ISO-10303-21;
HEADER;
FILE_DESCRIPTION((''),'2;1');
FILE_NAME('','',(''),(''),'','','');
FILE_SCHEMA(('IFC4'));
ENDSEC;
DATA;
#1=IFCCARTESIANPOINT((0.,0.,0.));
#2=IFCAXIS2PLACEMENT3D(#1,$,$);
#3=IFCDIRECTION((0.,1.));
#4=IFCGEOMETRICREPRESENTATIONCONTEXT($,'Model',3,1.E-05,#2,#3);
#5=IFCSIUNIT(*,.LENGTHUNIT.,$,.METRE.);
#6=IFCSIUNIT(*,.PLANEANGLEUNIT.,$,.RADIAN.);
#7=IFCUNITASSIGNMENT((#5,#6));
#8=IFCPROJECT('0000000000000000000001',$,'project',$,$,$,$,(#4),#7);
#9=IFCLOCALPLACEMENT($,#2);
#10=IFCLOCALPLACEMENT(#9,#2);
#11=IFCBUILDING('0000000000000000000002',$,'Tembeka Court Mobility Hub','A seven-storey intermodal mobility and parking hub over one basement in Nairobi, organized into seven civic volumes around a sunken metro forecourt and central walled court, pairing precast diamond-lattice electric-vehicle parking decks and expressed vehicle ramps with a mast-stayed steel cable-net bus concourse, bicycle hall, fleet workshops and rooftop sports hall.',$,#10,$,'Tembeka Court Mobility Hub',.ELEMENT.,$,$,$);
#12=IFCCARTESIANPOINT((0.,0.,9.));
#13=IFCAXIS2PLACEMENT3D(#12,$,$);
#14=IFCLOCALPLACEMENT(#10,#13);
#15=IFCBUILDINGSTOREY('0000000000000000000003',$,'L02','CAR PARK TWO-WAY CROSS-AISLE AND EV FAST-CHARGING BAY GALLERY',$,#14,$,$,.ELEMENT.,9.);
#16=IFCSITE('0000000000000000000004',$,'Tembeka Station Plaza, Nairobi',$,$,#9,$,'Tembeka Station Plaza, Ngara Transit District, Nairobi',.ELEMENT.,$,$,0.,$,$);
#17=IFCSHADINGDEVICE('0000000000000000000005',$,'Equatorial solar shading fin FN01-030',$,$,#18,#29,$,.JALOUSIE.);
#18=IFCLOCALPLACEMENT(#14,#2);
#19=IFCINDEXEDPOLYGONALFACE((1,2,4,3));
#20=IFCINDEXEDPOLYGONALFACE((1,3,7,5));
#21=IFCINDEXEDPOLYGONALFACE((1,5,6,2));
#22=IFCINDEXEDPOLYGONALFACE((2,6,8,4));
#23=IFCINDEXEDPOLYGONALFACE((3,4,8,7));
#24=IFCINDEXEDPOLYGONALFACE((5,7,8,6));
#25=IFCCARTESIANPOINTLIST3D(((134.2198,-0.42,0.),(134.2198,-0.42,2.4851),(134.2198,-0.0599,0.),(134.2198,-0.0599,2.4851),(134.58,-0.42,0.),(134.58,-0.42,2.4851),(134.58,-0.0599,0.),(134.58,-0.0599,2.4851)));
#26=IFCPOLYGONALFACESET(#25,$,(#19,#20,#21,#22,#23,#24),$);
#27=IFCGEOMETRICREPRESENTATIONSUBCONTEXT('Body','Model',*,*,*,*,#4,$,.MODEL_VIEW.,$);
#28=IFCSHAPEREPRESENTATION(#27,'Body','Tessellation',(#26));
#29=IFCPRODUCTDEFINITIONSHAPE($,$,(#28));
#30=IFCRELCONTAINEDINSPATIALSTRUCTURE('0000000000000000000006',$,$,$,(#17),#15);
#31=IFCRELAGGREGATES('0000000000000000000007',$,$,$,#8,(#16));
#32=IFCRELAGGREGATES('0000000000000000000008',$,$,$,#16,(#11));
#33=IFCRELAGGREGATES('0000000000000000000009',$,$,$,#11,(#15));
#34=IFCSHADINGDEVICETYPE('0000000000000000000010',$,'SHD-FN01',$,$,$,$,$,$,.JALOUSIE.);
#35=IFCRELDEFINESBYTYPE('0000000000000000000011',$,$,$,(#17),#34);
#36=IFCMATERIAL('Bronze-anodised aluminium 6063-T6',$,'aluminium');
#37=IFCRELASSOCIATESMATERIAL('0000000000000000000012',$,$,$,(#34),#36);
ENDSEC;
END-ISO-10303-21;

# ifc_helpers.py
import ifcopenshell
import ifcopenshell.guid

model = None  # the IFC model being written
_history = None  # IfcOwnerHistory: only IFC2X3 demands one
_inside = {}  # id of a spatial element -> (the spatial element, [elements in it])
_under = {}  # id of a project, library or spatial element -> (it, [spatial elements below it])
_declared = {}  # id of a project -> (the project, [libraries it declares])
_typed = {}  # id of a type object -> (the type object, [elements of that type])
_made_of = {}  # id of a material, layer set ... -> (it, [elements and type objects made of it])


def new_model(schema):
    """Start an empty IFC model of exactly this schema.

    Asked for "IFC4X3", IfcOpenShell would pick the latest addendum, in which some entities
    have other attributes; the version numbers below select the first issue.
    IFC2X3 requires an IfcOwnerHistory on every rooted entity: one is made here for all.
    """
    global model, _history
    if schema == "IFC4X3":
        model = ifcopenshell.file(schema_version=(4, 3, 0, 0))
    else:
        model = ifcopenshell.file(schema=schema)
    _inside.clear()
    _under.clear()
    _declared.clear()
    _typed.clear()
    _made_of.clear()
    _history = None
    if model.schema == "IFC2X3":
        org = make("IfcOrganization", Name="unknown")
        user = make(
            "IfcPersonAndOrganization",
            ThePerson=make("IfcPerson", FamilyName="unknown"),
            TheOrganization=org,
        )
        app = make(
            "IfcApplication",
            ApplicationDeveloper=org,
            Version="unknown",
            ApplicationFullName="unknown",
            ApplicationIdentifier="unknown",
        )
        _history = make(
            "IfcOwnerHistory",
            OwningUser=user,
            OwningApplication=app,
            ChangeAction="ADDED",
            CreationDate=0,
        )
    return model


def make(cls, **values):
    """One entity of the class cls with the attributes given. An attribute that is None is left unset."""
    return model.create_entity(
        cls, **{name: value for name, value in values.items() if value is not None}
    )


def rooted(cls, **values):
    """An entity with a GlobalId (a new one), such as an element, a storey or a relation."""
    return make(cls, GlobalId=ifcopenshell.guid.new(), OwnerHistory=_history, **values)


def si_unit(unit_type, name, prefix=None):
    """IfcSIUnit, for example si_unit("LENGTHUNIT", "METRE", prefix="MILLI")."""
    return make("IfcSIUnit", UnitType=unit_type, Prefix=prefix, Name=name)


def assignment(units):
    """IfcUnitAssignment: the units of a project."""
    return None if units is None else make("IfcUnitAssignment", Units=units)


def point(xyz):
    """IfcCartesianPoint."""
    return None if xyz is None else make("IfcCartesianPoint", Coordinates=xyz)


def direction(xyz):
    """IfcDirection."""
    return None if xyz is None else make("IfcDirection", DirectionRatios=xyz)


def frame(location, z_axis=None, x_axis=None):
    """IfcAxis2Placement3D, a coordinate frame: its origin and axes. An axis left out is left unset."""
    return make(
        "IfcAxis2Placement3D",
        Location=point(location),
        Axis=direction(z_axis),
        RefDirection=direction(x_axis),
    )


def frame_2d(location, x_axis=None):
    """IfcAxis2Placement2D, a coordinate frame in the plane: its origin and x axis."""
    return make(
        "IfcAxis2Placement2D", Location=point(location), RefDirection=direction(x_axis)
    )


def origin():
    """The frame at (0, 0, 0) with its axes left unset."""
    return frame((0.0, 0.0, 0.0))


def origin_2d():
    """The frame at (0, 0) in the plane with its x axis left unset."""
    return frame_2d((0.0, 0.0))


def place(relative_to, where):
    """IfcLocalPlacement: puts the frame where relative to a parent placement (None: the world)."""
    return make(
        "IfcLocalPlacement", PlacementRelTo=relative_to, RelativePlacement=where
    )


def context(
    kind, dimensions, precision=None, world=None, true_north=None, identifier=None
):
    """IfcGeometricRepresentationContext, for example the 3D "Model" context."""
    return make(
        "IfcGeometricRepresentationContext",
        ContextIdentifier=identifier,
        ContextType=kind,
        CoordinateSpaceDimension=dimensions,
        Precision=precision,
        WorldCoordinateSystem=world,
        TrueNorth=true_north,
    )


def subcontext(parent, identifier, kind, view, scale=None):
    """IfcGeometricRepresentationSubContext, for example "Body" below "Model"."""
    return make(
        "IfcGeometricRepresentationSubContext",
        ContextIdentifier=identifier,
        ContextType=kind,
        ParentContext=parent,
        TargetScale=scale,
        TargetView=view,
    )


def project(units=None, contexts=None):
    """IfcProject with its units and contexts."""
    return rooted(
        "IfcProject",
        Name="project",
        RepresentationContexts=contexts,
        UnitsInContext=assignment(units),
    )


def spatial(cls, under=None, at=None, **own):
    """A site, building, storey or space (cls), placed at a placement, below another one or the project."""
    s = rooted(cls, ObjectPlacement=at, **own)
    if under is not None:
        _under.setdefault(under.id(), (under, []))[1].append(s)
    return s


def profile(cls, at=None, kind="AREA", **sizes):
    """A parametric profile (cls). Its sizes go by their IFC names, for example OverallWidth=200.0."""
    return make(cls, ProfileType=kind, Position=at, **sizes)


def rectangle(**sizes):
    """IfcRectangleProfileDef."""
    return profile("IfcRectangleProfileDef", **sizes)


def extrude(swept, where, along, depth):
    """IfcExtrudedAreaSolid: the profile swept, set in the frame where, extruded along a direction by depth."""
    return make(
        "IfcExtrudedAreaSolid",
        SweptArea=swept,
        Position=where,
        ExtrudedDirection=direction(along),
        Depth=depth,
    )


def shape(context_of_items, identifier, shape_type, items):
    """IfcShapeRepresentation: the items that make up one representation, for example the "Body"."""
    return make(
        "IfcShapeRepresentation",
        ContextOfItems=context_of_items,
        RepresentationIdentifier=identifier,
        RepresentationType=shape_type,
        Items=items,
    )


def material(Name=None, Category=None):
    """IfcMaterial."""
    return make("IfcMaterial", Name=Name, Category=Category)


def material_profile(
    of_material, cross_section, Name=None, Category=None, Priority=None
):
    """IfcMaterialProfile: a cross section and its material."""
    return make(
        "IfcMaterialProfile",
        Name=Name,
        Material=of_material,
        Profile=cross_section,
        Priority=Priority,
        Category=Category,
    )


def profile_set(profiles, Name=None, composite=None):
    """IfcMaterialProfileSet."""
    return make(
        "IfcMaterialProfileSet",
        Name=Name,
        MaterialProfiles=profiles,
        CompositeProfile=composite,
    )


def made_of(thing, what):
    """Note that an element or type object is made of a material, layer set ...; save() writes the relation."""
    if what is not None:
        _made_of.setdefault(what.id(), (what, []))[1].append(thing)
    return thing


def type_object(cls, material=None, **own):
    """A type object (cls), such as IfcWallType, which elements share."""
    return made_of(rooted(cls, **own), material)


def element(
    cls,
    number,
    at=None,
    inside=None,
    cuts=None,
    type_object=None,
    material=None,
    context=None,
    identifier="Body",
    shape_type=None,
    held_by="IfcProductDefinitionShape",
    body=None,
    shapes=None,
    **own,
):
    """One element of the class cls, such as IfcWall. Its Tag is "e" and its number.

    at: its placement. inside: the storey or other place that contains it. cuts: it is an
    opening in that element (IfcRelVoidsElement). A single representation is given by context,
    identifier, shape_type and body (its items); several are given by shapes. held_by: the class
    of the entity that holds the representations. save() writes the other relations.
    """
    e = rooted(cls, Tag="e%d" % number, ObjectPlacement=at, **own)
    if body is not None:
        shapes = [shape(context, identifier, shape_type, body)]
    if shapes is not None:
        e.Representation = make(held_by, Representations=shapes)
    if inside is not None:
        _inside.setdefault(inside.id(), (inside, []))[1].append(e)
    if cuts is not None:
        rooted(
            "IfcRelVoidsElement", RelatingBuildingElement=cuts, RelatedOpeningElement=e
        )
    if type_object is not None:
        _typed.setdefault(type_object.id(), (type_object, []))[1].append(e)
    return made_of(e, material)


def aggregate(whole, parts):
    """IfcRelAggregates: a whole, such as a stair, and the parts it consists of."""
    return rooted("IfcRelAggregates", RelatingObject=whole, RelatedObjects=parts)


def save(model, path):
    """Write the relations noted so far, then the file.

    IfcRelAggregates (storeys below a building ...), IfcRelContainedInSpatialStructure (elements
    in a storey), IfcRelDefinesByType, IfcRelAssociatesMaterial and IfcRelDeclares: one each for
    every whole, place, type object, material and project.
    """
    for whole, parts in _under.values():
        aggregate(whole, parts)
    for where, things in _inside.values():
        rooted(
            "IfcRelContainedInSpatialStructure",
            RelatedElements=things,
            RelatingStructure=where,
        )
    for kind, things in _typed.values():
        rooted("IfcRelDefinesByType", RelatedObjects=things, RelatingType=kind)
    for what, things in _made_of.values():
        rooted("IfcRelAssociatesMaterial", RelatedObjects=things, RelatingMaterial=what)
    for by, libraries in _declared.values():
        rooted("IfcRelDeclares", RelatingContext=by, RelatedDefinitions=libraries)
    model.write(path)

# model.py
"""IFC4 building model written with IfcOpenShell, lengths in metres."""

from ifc_helpers import new_model, si_unit, direction, frame, origin, origin_2d, place, context, subcontext, project, spatial, rectangle, extrude, material, material_profile, profile_set, type_object, element, save


model = new_model("IFC4")

# Units and contexts
model_context = context("Model", 3, precision=1e-05, world=origin(), true_north=direction((0.0, 1.0)))
body_context = subcontext(model_context, "Body", "Model", "MODEL_VIEW")
ifc_project = project(units=[si_unit("LENGTHUNIT", "METRE"), si_unit("PLANEANGLEUNIT", "RADIAN")], contexts=[model_context])

# Site, building, storey
site_placement = place(None, origin())
site = spatial("IfcSite", under=ifc_project, at=site_placement, Name="Tembeka Station Plaza, Nairobi", LongName="Tembeka Station Plaza, Ngara Transit District, Nairobi", CompositionType="ELEMENT", RefElevation=0.0)
building_placement = place(site_placement, origin())
building = spatial("IfcBuilding", under=site, at=building_placement, Name="Tembeka Court Mobility Hub", Description="A seven-storey intermodal mobility and parking hub over one basement in Nairobi, organized into seven civic volumes around a sunken metro forecourt and central walled court, pairing precast diamond-lattice electric-vehicle parking decks and expressed vehicle ramps with a mast-stayed steel cable-net bus concourse, bicycle hall, fleet workshops and rooftop sports hall.", LongName="Tembeka Court Mobility Hub", CompositionType="ELEMENT")
storey_placement = place(building_placement, frame((0.0, 0.0, 9.0)))
storey = spatial("IfcBuildingStorey", under=building, at=storey_placement, Name="L02", Description="CAR PARK TWO-WAY CROSS-AISLE AND EV FAST-CHARGING BAY GALLERY", CompositionType="ELEMENT", Elevation=9.0)

# Shading device
ifc_material_1 = material(Name="Bronze-anodised aluminium 6063-T6", Category="aluminium")
ifc_material_profile_1 = material_profile(ifc_material_1, rectangle(XDim=0.3601, YDim=0.3601, at=origin_2d()), Name="ALU-FIN 360x360")
ifc_profile_set_1 = profile_set([ifc_material_profile_1], Name="Bronze-anodised aluminium 6063-T6")
shading_device_type = type_object("IfcShadingDeviceType", Name="SHD-FN01", PredefinedType="JALOUSIE", material=ifc_profile_set_1)
shading_device_placement = place(storey_placement, frame((134.3999, -0.24, 0.0), z_axis=(0.0, 0.0, 1.0), x_axis=(1.0, 0.0, 0.0)))
element("IfcShadingDevice", 1, at=shading_device_placement, inside=storey, type_object=shading_device_type, Name="Equatorial solar shading fin FN01-030", PredefinedType="JALOUSIE", context=body_context, shape_type="SweptSolid", body=[
    extrude(rectangle(XDim=0.3601, YDim=0.3601, at=origin_2d()), origin(), (0.0, 0.0, 1.0), 2.4851),
])

save(model, "model.ifc")
